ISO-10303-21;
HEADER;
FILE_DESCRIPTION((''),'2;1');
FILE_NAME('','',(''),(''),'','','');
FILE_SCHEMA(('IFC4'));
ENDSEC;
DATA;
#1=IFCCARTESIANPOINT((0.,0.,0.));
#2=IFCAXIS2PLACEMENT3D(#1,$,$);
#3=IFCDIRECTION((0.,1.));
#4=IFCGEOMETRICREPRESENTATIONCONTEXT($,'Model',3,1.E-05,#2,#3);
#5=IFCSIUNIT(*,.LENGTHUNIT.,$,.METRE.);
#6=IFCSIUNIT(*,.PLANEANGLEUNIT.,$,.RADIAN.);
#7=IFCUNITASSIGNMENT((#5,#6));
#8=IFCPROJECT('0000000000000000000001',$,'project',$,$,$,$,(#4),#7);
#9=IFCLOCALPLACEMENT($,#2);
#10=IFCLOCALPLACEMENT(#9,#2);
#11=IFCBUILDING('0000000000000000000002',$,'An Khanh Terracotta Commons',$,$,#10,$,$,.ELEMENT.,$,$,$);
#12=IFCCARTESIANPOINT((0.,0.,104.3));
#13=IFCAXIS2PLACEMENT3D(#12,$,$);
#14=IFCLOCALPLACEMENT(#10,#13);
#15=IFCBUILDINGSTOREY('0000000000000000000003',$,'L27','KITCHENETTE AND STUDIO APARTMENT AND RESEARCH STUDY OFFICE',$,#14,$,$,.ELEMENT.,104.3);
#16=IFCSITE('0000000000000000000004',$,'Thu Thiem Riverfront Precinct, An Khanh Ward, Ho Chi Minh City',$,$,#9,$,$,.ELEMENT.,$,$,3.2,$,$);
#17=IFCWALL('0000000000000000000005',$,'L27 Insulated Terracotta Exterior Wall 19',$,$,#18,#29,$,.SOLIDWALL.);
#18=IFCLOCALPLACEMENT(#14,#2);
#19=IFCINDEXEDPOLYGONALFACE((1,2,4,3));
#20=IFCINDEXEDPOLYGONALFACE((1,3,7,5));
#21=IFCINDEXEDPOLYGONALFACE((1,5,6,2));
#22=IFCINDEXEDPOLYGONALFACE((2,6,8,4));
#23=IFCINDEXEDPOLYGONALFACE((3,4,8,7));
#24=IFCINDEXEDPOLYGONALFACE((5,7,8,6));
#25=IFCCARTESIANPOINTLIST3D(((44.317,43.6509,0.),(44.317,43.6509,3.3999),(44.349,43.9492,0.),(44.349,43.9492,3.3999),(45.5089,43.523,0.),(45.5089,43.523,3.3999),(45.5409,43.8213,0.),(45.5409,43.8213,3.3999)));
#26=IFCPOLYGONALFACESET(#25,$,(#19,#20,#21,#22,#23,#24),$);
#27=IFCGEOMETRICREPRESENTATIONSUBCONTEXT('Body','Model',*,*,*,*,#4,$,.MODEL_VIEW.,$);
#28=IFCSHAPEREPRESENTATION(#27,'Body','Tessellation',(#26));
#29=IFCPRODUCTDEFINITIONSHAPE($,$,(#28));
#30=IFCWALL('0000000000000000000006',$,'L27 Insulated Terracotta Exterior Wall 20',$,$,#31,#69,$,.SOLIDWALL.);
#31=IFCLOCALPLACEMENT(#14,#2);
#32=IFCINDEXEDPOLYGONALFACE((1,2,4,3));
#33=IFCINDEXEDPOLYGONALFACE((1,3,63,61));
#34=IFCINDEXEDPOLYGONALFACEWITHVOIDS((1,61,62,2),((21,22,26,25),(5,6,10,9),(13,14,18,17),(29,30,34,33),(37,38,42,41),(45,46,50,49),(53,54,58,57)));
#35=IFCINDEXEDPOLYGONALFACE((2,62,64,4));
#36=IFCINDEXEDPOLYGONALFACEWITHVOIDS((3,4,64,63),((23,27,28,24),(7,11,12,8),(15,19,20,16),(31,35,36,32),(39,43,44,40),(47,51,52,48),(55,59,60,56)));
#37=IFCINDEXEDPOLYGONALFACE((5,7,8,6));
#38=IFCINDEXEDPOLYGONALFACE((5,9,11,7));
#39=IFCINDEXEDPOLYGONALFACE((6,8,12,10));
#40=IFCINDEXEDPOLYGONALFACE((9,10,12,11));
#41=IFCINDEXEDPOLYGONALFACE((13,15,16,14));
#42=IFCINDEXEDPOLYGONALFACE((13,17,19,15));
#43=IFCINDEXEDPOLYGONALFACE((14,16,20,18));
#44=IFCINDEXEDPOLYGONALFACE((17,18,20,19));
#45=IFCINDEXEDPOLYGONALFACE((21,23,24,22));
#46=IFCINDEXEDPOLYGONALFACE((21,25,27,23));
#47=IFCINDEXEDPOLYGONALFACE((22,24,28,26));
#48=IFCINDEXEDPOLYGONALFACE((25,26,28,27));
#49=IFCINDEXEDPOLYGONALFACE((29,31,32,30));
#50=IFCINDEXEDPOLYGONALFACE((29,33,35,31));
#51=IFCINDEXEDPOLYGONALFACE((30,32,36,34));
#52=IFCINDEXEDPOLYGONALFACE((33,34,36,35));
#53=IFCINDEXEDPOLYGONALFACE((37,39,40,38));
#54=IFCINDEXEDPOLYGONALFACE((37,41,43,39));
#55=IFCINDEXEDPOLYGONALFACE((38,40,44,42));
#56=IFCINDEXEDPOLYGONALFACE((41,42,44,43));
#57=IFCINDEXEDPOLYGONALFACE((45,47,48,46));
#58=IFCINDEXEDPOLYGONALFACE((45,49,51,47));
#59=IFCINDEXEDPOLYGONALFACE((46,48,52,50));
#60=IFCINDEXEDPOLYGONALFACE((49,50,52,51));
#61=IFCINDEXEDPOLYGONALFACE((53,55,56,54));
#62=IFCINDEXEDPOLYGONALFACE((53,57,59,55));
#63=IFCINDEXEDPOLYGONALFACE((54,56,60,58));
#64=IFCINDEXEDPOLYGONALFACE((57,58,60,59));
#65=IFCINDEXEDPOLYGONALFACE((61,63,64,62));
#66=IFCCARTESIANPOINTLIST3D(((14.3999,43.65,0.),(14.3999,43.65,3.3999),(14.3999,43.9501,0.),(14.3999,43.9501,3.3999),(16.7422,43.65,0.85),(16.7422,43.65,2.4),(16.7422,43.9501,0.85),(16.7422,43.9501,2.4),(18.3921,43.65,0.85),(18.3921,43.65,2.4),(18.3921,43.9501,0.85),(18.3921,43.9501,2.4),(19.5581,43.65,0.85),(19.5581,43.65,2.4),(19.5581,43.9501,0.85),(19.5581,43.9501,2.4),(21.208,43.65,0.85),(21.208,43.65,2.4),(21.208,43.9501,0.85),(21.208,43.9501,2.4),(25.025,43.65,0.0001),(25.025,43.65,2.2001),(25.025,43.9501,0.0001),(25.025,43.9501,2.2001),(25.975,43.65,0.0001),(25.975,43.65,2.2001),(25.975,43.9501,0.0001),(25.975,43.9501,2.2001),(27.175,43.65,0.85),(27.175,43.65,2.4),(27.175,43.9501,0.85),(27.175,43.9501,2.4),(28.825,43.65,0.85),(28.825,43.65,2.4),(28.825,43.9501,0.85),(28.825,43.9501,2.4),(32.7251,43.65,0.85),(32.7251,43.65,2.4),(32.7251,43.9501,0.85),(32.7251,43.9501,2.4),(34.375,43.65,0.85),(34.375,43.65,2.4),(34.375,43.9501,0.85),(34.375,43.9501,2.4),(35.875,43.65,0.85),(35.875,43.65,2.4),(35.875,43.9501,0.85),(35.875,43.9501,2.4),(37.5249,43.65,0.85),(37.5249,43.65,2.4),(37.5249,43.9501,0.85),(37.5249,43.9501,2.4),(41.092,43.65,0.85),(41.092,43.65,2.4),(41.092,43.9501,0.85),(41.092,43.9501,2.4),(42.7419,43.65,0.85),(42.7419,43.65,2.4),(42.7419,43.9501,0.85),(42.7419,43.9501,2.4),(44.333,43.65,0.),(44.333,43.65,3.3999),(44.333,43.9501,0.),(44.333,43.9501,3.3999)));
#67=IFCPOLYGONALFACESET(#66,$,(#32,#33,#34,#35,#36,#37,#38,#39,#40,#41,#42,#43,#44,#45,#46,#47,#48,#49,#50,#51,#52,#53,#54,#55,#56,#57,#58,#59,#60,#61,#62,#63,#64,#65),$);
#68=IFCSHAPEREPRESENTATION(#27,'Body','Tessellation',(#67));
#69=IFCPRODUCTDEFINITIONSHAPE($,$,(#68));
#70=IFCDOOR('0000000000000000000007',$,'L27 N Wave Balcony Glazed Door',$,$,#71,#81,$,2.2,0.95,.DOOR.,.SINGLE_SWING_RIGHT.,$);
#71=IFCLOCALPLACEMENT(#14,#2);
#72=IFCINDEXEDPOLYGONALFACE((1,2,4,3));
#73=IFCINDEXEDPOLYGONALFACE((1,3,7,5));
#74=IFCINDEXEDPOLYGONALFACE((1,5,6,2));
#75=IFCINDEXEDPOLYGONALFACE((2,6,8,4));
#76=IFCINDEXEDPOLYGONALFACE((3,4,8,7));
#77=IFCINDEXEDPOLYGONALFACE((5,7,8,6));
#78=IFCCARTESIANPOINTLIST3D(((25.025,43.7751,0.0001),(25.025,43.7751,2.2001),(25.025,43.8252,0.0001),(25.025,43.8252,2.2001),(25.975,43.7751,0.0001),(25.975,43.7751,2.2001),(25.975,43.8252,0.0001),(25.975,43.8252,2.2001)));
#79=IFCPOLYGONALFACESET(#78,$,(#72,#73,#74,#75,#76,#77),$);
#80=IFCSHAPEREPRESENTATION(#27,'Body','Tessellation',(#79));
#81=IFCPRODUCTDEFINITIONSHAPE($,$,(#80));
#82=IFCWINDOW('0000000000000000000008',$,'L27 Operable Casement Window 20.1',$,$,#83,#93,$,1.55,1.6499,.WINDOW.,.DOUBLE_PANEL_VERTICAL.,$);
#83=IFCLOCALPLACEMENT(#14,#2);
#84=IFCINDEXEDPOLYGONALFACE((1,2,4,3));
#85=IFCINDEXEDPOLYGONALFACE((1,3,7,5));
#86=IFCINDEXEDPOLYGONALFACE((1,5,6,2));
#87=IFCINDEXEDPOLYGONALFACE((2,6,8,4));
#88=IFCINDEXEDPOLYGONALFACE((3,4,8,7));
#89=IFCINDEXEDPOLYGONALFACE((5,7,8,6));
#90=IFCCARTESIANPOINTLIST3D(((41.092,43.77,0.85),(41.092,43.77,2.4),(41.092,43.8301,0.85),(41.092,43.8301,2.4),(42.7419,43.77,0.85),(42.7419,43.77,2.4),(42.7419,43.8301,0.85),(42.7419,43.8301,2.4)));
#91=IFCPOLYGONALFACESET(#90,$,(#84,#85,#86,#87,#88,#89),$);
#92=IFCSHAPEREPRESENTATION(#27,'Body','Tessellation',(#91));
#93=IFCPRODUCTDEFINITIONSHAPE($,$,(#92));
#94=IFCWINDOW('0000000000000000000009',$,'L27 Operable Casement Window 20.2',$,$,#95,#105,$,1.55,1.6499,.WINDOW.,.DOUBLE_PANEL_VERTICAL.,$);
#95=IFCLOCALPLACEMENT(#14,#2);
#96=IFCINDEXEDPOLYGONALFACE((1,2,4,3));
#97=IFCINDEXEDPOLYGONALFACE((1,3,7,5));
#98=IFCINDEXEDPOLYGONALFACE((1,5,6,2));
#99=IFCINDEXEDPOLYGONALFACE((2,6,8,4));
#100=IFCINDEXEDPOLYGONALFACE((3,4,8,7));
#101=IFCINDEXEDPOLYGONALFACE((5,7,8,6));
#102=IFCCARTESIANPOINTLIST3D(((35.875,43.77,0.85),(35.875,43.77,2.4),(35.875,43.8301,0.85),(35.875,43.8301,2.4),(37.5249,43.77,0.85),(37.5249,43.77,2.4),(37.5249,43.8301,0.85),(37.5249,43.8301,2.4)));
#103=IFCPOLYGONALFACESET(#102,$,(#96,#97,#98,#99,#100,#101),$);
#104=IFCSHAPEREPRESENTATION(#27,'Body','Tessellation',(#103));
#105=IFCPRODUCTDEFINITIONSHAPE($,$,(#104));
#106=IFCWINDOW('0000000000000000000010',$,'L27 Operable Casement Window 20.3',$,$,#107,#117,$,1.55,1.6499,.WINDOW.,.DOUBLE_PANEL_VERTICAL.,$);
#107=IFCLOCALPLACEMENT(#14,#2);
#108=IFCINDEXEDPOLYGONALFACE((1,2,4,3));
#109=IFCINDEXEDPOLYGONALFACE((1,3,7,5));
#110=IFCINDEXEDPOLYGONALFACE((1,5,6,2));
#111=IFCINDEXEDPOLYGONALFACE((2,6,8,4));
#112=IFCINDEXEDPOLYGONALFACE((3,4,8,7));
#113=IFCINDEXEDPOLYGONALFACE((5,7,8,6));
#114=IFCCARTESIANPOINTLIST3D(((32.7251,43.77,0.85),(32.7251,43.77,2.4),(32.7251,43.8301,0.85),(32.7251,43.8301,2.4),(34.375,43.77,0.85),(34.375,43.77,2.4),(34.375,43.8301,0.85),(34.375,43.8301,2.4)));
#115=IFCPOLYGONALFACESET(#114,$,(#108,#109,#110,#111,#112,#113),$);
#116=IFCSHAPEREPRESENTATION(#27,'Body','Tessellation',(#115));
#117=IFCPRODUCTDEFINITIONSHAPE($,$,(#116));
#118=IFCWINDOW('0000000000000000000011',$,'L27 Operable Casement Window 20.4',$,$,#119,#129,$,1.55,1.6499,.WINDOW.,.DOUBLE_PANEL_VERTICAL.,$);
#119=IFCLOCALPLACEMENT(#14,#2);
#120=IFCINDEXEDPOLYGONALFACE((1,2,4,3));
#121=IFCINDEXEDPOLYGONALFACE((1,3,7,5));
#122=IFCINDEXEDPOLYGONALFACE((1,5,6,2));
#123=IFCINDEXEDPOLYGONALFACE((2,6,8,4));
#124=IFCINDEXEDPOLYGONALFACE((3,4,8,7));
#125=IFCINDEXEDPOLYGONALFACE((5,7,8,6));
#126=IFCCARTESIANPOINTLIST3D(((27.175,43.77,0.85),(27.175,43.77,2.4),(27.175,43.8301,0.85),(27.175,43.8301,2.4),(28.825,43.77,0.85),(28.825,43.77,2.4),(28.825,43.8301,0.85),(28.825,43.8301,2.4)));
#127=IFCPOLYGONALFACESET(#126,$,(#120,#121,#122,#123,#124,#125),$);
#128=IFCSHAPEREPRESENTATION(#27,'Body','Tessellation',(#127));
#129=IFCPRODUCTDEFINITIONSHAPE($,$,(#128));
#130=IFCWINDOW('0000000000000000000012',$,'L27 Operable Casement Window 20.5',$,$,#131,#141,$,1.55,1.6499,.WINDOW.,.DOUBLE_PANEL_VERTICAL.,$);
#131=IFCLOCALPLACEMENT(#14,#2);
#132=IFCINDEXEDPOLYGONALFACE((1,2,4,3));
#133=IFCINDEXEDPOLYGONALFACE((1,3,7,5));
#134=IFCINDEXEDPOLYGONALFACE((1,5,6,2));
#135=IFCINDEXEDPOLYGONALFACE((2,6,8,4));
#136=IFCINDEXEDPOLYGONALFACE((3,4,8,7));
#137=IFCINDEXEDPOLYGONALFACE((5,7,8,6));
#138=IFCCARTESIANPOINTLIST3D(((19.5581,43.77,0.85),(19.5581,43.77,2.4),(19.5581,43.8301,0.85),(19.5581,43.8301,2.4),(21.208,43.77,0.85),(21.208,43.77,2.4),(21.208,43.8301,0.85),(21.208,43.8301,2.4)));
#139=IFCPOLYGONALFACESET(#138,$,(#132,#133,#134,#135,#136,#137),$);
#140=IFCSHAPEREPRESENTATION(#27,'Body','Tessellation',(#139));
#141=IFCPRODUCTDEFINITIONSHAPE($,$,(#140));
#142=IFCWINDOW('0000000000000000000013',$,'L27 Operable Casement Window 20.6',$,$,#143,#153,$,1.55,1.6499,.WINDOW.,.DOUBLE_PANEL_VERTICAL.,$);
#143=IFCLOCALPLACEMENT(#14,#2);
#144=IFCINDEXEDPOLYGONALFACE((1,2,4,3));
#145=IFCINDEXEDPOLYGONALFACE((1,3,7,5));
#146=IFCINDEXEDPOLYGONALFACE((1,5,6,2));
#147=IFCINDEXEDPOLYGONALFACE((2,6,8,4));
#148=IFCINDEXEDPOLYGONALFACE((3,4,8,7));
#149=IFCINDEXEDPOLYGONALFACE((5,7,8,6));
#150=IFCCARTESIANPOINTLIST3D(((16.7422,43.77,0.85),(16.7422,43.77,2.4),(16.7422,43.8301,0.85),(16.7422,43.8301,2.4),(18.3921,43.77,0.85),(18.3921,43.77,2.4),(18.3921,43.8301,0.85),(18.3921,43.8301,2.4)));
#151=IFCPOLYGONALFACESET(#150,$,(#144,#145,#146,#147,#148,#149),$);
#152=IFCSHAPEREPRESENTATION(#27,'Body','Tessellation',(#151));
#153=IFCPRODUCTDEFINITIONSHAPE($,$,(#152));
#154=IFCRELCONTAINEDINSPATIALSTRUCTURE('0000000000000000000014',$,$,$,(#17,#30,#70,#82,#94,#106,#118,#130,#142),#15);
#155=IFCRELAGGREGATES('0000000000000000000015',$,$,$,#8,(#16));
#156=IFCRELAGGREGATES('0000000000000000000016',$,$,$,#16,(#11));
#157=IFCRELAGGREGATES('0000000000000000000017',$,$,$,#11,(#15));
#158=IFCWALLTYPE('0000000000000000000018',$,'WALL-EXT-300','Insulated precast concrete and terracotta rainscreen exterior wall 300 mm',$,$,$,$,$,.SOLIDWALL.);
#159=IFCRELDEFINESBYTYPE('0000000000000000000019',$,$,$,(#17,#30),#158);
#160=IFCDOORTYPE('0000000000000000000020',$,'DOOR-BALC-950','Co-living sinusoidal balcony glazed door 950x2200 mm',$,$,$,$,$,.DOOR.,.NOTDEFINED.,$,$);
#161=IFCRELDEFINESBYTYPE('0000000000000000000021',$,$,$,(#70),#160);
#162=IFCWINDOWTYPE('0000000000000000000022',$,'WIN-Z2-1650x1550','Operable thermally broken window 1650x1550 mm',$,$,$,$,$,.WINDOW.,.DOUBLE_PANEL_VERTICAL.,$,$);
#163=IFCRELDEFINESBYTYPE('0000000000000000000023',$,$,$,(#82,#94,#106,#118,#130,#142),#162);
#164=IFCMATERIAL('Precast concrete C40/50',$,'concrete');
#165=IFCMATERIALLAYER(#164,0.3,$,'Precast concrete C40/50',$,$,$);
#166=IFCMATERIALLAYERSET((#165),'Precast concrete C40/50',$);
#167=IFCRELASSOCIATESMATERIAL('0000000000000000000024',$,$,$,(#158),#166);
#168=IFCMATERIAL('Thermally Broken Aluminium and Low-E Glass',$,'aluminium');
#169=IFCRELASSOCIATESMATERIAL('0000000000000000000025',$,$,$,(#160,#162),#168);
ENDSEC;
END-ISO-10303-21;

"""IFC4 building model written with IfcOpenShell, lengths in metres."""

from ifc_helpers import new_model, si_unit, direction, frame, frame_2d, origin, place, context, subcontext, project, spatial, rectangle, extrude, material, layer, layer_set, type_object, element, fill, save


model = new_model("IFC4")

# Units and contexts
model_context = context("Model", 3, precision=1e-05, world=origin(), true_north=direction((0.0, 1.0)))
body_context = subcontext(model_context, "Body", "Model", "MODEL_VIEW")
ifc_project = project(units=[si_unit("LENGTHUNIT", "METRE"), si_unit("PLANEANGLEUNIT", "RADIAN")], contexts=[model_context])

# Site, building, storey
site_placement = place(None, origin())
site = spatial("IfcSite", under=ifc_project, at=site_placement, Name="Thu Thiem Riverfront Precinct, An Khanh Ward, Ho Chi Minh City", CompositionType="ELEMENT", RefElevation=3.2)
building_placement = place(site_placement, origin())
building = spatial("IfcBuilding", under=site, at=building_placement, Name="An Khanh Terracotta Commons", CompositionType="ELEMENT")
storey_placement = place(building_placement, frame((0.0, 0.0, 104.3)))
storey = spatial("IfcBuildingStorey", under=building, at=storey_placement, Name="L27", Description="KITCHENETTE AND STUDIO APARTMENT AND RESEARCH STUDY OFFICE", CompositionType="ELEMENT", Elevation=104.3)

# Wall
ifc_material_1 = material(Name="Precast concrete C40/50", Category="concrete")
ifc_layer_1 = layer(ifc_material_1, 0.3, Name="Precast concrete C40/50")
ifc_layer_set_1 = layer_set([ifc_layer_1], Name="Precast concrete C40/50")
wall_type = type_object("IfcWallType", Name="WALL-EXT-300", Description="Insulated precast concrete and terracotta rainscreen exterior wall 300 mm", PredefinedType="SOLIDWALL", material=ifc_layer_set_1)
wall_1_placement = place(storey_placement, frame((45.5249, 43.6721, 0.0), z_axis=(0.0, 0.0, 1.0), x_axis=(-0.994289, 0.10672, 0.0)))
element("IfcWall", 1, at=wall_1_placement, inside=storey, type_object=wall_type, Name="L27 Insulated Terracotta Exterior Wall 19", PredefinedType="SOLIDWALL", context=body_context, shape_type="SweptSolid", body=[
    extrude(rectangle(XDim=1.1987, YDim=0.3, at=frame_2d((0.5994, 0.0))), origin(), (0.0, 0.0, 1.0), 3.3999),
])

# Wall, openings, door, windows
wall_2_placement = place(storey_placement, frame((44.333, 43.8, 0.0), z_axis=(0.0, 0.0, 1.0), x_axis=(-1.0, 0.0, 0.0)))
wall_2 = element("IfcWall", 2, at=wall_2_placement, inside=storey, type_object=wall_type, Name="L27 Insulated Terracotta Exterior Wall 20", PredefinedType="SOLIDWALL", context=body_context, shape_type="SweptSolid", body=[
    extrude(rectangle(XDim=29.9331, YDim=0.3, at=frame_2d((14.9666, 0.0))), origin(), (0.0, 0.0, 1.0), 3.3999),
])
opening_1_placement = place(wall_2_placement, frame((18.3579, 0.0, 0.0)))
opening_1 = element("IfcOpeningElement", 3, at=opening_1_placement, cuts=wall_2, PredefinedType="OPENING", context=body_context, shape_type="SweptSolid", body=[
    extrude(rectangle(XDim=0.95, YDim=2.2, at=frame_2d((0.4751, 1.1001))), frame((0.0, 0.1599, 0.0), z_axis=(0.0, -1.0, 0.0), x_axis=(1.0, 0.0, 0.0)), (0.0, 0.0, 1.0), 0.3201),
])
opening_2_placement = place(wall_2_placement, frame((1.5911, 0.0, 0.8501)))
opening_2 = element("IfcOpeningElement", 4, at=opening_2_placement, cuts=wall_2, PredefinedType="OPENING", context=body_context, shape_type="SweptSolid", body=[
    extrude(rectangle(XDim=1.6499, YDim=1.55, at=frame_2d((0.825, 0.7749))), frame((0.0, 0.1599, 0.0), z_axis=(0.0, -1.0, 0.0), x_axis=(1.0, 0.0, 0.0)), (0.0, 0.0, 1.0), 0.3201),
])
opening_3_placement = place(wall_2_placement, frame((6.8081, 0.0, 0.8501)))
opening_3 = element("IfcOpeningElement", 5, at=opening_3_placement, cuts=wall_2, PredefinedType="OPENING", context=body_context, shape_type="SweptSolid", body=[
    extrude(rectangle(XDim=1.6499, YDim=1.55, at=frame_2d((0.825, 0.7749))), frame((0.0, 0.1599, 0.0), z_axis=(0.0, -1.0, 0.0), x_axis=(1.0, 0.0, 0.0)), (0.0, 0.0, 1.0), 0.3201),
])
opening_4_placement = place(wall_2_placement, frame((9.958, 0.0, 0.8501)))
opening_4 = element("IfcOpeningElement", 6, at=opening_4_placement, cuts=wall_2, PredefinedType="OPENING", context=body_context, shape_type="SweptSolid", body=[
    extrude(rectangle(XDim=1.6499, YDim=1.55, at=frame_2d((0.825, 0.7749))), frame((0.0, 0.1599, 0.0), z_axis=(0.0, -1.0, 0.0), x_axis=(1.0, 0.0, 0.0)), (0.0, 0.0, 1.0), 0.3201),
])
opening_5_placement = place(wall_2_placement, frame((15.5081, 0.0, 0.8501)))
opening_5 = element("IfcOpeningElement", 7, at=opening_5_placement, cuts=wall_2, PredefinedType="OPENING", context=body_context, shape_type="SweptSolid", body=[
    extrude(rectangle(XDim=1.6499, YDim=1.55, at=frame_2d((0.825, 0.7749))), frame((0.0, 0.1599, 0.0), z_axis=(0.0, -1.0, 0.0), x_axis=(1.0, 0.0, 0.0)), (0.0, 0.0, 1.0), 0.3201),
])
opening_6_placement = place(wall_2_placement, frame((23.125, 0.0, 0.8501)))
opening_6 = element("IfcOpeningElement", 8, at=opening_6_placement, cuts=wall_2, PredefinedType="OPENING", context=body_context, shape_type="SweptSolid", body=[
    extrude(rectangle(XDim=1.6499, YDim=1.55, at=frame_2d((0.825, 0.7749))), frame((0.0, 0.1599, 0.0), z_axis=(0.0, -1.0, 0.0), x_axis=(1.0, 0.0, 0.0)), (0.0, 0.0, 1.0), 0.3201),
])
opening_7_placement = place(wall_2_placement, frame((25.9409, 0.0, 0.8501)))
opening_7 = element("IfcOpeningElement", 9, at=opening_7_placement, cuts=wall_2, PredefinedType="OPENING", context=body_context, shape_type="SweptSolid", body=[
    extrude(rectangle(XDim=1.6499, YDim=1.55, at=frame_2d((0.825, 0.7749))), frame((0.0, 0.1599, 0.0), z_axis=(0.0, -1.0, 0.0), x_axis=(1.0, 0.0, 0.0)), (0.0, 0.0, 1.0), 0.3201),
])
ifc_material_2 = material(Name="Thermally Broken Aluminium and Low-E Glass", Category="aluminium")
door_type = type_object("IfcDoorType", Name="DOOR-BALC-950", Description="Co-living sinusoidal balcony glazed door 950x2200 mm", OperationType="NOTDEFINED", PredefinedType="DOOR", material=ifc_material_2)
door_placement = place(opening_1_placement, origin())
door = element("IfcDoor", 10, at=door_placement, inside=storey, type_object=door_type, Name="L27 N Wave Balcony Glazed Door", OperationType="SINGLE_SWING_RIGHT", OverallHeight=2.2, OverallWidth=0.95, PredefinedType="DOOR", context=body_context, shape_type="SweptSolid", body=[
    extrude(rectangle(XDim=0.95, YDim=2.2, at=frame_2d((0.4751, 1.1001))), frame((0.0, 0.0249, 0.0), z_axis=(0.0, -1.0, 0.0), x_axis=(1.0, 0.0, 0.0)), (0.0, 0.0, 1.0), 0.05),
])
fill(opening_1, door)
window_type = type_object("IfcWindowType", Name="WIN-Z2-1650x1550", Description="Operable thermally broken window 1650x1550 mm", PartitioningType="DOUBLE_PANEL_VERTICAL", PredefinedType="WINDOW", material=ifc_material_2)
window_1_placement = place(opening_2_placement, origin())
window_1 = element("IfcWindow", 11, at=window_1_placement, inside=storey, type_object=window_type, Name="L27 Operable Casement Window 20.1", OverallHeight=1.55, OverallWidth=1.6499, PartitioningType="DOUBLE_PANEL_VERTICAL", PredefinedType="WINDOW", context=body_context, shape_type="SweptSolid", body=[
    extrude(rectangle(XDim=1.6499, YDim=1.55, at=frame_2d((0.825, 0.7749))), frame((0.0, 0.03, 0.0), z_axis=(0.0, -1.0, 0.0), x_axis=(1.0, 0.0, 0.0)), (0.0, 0.0, 1.0), 0.0601),
])
fill(opening_2, window_1)
window_2_placement = place(opening_3_placement, origin())
window_2 = element("IfcWindow", 12, at=window_2_placement, inside=storey, type_object=window_type, Name="L27 Operable Casement Window 20.2", OverallHeight=1.55, OverallWidth=1.6499, PartitioningType="DOUBLE_PANEL_VERTICAL", PredefinedType="WINDOW", context=body_context, shape_type="SweptSolid", body=[
    extrude(rectangle(XDim=1.6499, YDim=1.55, at=frame_2d((0.825, 0.7749))), frame((0.0, 0.03, 0.0), z_axis=(0.0, -1.0, 0.0), x_axis=(1.0, 0.0, 0.0)), (0.0, 0.0, 1.0), 0.0601),
])
fill(opening_3, window_2)
window_3_placement = place(opening_4_placement, origin())
window_3 = element("IfcWindow", 13, at=window_3_placement, inside=storey, type_object=window_type, Name="L27 Operable Casement Window 20.3", OverallHeight=1.55, OverallWidth=1.6499, PartitioningType="DOUBLE_PANEL_VERTICAL", PredefinedType="WINDOW", context=body_context, shape_type="SweptSolid", body=[
    extrude(rectangle(XDim=1.6499, YDim=1.55, at=frame_2d((0.825, 0.7749))), frame((0.0, 0.03, 0.0), z_axis=(0.0, -1.0, 0.0), x_axis=(1.0, 0.0, 0.0)), (0.0, 0.0, 1.0), 0.0601),
])
fill(opening_4, window_3)
window_4_placement = place(opening_5_placement, origin())
window_4 = element("IfcWindow", 14, at=window_4_placement, inside=storey, type_object=window_type, Name="L27 Operable Casement Window 20.4", OverallHeight=1.55, OverallWidth=1.6499, PartitioningType="DOUBLE_PANEL_VERTICAL", PredefinedType="WINDOW", context=body_context, shape_type="SweptSolid", body=[
    extrude(rectangle(XDim=1.6499, YDim=1.55, at=frame_2d((0.825, 0.7749))), frame((0.0, 0.03, 0.0), z_axis=(0.0, -1.0, 0.0), x_axis=(1.0, 0.0, 0.0)), (0.0, 0.0, 1.0), 0.0601),
])
fill(opening_5, window_4)
window_5_placement = place(opening_6_placement, origin())
window_5 = element("IfcWindow", 15, at=window_5_placement, inside=storey, type_object=window_type, Name="L27 Operable Casement Window 20.5", OverallHeight=1.55, OverallWidth=1.6499, PartitioningType="DOUBLE_PANEL_VERTICAL", PredefinedType="WINDOW", context=body_context, shape_type="SweptSolid", body=[
    extrude(rectangle(XDim=1.6499, YDim=1.55, at=frame_2d((0.825, 0.7749))), frame((0.0, 0.03, 0.0), z_axis=(0.0, -1.0, 0.0), x_axis=(1.0, 0.0, 0.0)), (0.0, 0.0, 1.0), 0.0601),
])
fill(opening_6, window_5)
window_6_placement = place(opening_7_placement, origin())
window_6 = element("IfcWindow", 16, at=window_6_placement, inside=storey, type_object=window_type, Name="L27 Operable Casement Window 20.6", OverallHeight=1.55, OverallWidth=1.6499, PartitioningType="DOUBLE_PANEL_VERTICAL", PredefinedType="WINDOW", context=body_context, shape_type="SweptSolid", body=[
    extrude(rectangle(XDim=1.6499, YDim=1.55, at=frame_2d((0.825, 0.7749))), frame((0.0, 0.03, 0.0), z_axis=(0.0, -1.0, 0.0), x_axis=(1.0, 0.0, 0.0)), (0.0, 0.0, 1.0), 0.0601),
])
fill(opening_7, window_6)

save(model, "model.ifc")
